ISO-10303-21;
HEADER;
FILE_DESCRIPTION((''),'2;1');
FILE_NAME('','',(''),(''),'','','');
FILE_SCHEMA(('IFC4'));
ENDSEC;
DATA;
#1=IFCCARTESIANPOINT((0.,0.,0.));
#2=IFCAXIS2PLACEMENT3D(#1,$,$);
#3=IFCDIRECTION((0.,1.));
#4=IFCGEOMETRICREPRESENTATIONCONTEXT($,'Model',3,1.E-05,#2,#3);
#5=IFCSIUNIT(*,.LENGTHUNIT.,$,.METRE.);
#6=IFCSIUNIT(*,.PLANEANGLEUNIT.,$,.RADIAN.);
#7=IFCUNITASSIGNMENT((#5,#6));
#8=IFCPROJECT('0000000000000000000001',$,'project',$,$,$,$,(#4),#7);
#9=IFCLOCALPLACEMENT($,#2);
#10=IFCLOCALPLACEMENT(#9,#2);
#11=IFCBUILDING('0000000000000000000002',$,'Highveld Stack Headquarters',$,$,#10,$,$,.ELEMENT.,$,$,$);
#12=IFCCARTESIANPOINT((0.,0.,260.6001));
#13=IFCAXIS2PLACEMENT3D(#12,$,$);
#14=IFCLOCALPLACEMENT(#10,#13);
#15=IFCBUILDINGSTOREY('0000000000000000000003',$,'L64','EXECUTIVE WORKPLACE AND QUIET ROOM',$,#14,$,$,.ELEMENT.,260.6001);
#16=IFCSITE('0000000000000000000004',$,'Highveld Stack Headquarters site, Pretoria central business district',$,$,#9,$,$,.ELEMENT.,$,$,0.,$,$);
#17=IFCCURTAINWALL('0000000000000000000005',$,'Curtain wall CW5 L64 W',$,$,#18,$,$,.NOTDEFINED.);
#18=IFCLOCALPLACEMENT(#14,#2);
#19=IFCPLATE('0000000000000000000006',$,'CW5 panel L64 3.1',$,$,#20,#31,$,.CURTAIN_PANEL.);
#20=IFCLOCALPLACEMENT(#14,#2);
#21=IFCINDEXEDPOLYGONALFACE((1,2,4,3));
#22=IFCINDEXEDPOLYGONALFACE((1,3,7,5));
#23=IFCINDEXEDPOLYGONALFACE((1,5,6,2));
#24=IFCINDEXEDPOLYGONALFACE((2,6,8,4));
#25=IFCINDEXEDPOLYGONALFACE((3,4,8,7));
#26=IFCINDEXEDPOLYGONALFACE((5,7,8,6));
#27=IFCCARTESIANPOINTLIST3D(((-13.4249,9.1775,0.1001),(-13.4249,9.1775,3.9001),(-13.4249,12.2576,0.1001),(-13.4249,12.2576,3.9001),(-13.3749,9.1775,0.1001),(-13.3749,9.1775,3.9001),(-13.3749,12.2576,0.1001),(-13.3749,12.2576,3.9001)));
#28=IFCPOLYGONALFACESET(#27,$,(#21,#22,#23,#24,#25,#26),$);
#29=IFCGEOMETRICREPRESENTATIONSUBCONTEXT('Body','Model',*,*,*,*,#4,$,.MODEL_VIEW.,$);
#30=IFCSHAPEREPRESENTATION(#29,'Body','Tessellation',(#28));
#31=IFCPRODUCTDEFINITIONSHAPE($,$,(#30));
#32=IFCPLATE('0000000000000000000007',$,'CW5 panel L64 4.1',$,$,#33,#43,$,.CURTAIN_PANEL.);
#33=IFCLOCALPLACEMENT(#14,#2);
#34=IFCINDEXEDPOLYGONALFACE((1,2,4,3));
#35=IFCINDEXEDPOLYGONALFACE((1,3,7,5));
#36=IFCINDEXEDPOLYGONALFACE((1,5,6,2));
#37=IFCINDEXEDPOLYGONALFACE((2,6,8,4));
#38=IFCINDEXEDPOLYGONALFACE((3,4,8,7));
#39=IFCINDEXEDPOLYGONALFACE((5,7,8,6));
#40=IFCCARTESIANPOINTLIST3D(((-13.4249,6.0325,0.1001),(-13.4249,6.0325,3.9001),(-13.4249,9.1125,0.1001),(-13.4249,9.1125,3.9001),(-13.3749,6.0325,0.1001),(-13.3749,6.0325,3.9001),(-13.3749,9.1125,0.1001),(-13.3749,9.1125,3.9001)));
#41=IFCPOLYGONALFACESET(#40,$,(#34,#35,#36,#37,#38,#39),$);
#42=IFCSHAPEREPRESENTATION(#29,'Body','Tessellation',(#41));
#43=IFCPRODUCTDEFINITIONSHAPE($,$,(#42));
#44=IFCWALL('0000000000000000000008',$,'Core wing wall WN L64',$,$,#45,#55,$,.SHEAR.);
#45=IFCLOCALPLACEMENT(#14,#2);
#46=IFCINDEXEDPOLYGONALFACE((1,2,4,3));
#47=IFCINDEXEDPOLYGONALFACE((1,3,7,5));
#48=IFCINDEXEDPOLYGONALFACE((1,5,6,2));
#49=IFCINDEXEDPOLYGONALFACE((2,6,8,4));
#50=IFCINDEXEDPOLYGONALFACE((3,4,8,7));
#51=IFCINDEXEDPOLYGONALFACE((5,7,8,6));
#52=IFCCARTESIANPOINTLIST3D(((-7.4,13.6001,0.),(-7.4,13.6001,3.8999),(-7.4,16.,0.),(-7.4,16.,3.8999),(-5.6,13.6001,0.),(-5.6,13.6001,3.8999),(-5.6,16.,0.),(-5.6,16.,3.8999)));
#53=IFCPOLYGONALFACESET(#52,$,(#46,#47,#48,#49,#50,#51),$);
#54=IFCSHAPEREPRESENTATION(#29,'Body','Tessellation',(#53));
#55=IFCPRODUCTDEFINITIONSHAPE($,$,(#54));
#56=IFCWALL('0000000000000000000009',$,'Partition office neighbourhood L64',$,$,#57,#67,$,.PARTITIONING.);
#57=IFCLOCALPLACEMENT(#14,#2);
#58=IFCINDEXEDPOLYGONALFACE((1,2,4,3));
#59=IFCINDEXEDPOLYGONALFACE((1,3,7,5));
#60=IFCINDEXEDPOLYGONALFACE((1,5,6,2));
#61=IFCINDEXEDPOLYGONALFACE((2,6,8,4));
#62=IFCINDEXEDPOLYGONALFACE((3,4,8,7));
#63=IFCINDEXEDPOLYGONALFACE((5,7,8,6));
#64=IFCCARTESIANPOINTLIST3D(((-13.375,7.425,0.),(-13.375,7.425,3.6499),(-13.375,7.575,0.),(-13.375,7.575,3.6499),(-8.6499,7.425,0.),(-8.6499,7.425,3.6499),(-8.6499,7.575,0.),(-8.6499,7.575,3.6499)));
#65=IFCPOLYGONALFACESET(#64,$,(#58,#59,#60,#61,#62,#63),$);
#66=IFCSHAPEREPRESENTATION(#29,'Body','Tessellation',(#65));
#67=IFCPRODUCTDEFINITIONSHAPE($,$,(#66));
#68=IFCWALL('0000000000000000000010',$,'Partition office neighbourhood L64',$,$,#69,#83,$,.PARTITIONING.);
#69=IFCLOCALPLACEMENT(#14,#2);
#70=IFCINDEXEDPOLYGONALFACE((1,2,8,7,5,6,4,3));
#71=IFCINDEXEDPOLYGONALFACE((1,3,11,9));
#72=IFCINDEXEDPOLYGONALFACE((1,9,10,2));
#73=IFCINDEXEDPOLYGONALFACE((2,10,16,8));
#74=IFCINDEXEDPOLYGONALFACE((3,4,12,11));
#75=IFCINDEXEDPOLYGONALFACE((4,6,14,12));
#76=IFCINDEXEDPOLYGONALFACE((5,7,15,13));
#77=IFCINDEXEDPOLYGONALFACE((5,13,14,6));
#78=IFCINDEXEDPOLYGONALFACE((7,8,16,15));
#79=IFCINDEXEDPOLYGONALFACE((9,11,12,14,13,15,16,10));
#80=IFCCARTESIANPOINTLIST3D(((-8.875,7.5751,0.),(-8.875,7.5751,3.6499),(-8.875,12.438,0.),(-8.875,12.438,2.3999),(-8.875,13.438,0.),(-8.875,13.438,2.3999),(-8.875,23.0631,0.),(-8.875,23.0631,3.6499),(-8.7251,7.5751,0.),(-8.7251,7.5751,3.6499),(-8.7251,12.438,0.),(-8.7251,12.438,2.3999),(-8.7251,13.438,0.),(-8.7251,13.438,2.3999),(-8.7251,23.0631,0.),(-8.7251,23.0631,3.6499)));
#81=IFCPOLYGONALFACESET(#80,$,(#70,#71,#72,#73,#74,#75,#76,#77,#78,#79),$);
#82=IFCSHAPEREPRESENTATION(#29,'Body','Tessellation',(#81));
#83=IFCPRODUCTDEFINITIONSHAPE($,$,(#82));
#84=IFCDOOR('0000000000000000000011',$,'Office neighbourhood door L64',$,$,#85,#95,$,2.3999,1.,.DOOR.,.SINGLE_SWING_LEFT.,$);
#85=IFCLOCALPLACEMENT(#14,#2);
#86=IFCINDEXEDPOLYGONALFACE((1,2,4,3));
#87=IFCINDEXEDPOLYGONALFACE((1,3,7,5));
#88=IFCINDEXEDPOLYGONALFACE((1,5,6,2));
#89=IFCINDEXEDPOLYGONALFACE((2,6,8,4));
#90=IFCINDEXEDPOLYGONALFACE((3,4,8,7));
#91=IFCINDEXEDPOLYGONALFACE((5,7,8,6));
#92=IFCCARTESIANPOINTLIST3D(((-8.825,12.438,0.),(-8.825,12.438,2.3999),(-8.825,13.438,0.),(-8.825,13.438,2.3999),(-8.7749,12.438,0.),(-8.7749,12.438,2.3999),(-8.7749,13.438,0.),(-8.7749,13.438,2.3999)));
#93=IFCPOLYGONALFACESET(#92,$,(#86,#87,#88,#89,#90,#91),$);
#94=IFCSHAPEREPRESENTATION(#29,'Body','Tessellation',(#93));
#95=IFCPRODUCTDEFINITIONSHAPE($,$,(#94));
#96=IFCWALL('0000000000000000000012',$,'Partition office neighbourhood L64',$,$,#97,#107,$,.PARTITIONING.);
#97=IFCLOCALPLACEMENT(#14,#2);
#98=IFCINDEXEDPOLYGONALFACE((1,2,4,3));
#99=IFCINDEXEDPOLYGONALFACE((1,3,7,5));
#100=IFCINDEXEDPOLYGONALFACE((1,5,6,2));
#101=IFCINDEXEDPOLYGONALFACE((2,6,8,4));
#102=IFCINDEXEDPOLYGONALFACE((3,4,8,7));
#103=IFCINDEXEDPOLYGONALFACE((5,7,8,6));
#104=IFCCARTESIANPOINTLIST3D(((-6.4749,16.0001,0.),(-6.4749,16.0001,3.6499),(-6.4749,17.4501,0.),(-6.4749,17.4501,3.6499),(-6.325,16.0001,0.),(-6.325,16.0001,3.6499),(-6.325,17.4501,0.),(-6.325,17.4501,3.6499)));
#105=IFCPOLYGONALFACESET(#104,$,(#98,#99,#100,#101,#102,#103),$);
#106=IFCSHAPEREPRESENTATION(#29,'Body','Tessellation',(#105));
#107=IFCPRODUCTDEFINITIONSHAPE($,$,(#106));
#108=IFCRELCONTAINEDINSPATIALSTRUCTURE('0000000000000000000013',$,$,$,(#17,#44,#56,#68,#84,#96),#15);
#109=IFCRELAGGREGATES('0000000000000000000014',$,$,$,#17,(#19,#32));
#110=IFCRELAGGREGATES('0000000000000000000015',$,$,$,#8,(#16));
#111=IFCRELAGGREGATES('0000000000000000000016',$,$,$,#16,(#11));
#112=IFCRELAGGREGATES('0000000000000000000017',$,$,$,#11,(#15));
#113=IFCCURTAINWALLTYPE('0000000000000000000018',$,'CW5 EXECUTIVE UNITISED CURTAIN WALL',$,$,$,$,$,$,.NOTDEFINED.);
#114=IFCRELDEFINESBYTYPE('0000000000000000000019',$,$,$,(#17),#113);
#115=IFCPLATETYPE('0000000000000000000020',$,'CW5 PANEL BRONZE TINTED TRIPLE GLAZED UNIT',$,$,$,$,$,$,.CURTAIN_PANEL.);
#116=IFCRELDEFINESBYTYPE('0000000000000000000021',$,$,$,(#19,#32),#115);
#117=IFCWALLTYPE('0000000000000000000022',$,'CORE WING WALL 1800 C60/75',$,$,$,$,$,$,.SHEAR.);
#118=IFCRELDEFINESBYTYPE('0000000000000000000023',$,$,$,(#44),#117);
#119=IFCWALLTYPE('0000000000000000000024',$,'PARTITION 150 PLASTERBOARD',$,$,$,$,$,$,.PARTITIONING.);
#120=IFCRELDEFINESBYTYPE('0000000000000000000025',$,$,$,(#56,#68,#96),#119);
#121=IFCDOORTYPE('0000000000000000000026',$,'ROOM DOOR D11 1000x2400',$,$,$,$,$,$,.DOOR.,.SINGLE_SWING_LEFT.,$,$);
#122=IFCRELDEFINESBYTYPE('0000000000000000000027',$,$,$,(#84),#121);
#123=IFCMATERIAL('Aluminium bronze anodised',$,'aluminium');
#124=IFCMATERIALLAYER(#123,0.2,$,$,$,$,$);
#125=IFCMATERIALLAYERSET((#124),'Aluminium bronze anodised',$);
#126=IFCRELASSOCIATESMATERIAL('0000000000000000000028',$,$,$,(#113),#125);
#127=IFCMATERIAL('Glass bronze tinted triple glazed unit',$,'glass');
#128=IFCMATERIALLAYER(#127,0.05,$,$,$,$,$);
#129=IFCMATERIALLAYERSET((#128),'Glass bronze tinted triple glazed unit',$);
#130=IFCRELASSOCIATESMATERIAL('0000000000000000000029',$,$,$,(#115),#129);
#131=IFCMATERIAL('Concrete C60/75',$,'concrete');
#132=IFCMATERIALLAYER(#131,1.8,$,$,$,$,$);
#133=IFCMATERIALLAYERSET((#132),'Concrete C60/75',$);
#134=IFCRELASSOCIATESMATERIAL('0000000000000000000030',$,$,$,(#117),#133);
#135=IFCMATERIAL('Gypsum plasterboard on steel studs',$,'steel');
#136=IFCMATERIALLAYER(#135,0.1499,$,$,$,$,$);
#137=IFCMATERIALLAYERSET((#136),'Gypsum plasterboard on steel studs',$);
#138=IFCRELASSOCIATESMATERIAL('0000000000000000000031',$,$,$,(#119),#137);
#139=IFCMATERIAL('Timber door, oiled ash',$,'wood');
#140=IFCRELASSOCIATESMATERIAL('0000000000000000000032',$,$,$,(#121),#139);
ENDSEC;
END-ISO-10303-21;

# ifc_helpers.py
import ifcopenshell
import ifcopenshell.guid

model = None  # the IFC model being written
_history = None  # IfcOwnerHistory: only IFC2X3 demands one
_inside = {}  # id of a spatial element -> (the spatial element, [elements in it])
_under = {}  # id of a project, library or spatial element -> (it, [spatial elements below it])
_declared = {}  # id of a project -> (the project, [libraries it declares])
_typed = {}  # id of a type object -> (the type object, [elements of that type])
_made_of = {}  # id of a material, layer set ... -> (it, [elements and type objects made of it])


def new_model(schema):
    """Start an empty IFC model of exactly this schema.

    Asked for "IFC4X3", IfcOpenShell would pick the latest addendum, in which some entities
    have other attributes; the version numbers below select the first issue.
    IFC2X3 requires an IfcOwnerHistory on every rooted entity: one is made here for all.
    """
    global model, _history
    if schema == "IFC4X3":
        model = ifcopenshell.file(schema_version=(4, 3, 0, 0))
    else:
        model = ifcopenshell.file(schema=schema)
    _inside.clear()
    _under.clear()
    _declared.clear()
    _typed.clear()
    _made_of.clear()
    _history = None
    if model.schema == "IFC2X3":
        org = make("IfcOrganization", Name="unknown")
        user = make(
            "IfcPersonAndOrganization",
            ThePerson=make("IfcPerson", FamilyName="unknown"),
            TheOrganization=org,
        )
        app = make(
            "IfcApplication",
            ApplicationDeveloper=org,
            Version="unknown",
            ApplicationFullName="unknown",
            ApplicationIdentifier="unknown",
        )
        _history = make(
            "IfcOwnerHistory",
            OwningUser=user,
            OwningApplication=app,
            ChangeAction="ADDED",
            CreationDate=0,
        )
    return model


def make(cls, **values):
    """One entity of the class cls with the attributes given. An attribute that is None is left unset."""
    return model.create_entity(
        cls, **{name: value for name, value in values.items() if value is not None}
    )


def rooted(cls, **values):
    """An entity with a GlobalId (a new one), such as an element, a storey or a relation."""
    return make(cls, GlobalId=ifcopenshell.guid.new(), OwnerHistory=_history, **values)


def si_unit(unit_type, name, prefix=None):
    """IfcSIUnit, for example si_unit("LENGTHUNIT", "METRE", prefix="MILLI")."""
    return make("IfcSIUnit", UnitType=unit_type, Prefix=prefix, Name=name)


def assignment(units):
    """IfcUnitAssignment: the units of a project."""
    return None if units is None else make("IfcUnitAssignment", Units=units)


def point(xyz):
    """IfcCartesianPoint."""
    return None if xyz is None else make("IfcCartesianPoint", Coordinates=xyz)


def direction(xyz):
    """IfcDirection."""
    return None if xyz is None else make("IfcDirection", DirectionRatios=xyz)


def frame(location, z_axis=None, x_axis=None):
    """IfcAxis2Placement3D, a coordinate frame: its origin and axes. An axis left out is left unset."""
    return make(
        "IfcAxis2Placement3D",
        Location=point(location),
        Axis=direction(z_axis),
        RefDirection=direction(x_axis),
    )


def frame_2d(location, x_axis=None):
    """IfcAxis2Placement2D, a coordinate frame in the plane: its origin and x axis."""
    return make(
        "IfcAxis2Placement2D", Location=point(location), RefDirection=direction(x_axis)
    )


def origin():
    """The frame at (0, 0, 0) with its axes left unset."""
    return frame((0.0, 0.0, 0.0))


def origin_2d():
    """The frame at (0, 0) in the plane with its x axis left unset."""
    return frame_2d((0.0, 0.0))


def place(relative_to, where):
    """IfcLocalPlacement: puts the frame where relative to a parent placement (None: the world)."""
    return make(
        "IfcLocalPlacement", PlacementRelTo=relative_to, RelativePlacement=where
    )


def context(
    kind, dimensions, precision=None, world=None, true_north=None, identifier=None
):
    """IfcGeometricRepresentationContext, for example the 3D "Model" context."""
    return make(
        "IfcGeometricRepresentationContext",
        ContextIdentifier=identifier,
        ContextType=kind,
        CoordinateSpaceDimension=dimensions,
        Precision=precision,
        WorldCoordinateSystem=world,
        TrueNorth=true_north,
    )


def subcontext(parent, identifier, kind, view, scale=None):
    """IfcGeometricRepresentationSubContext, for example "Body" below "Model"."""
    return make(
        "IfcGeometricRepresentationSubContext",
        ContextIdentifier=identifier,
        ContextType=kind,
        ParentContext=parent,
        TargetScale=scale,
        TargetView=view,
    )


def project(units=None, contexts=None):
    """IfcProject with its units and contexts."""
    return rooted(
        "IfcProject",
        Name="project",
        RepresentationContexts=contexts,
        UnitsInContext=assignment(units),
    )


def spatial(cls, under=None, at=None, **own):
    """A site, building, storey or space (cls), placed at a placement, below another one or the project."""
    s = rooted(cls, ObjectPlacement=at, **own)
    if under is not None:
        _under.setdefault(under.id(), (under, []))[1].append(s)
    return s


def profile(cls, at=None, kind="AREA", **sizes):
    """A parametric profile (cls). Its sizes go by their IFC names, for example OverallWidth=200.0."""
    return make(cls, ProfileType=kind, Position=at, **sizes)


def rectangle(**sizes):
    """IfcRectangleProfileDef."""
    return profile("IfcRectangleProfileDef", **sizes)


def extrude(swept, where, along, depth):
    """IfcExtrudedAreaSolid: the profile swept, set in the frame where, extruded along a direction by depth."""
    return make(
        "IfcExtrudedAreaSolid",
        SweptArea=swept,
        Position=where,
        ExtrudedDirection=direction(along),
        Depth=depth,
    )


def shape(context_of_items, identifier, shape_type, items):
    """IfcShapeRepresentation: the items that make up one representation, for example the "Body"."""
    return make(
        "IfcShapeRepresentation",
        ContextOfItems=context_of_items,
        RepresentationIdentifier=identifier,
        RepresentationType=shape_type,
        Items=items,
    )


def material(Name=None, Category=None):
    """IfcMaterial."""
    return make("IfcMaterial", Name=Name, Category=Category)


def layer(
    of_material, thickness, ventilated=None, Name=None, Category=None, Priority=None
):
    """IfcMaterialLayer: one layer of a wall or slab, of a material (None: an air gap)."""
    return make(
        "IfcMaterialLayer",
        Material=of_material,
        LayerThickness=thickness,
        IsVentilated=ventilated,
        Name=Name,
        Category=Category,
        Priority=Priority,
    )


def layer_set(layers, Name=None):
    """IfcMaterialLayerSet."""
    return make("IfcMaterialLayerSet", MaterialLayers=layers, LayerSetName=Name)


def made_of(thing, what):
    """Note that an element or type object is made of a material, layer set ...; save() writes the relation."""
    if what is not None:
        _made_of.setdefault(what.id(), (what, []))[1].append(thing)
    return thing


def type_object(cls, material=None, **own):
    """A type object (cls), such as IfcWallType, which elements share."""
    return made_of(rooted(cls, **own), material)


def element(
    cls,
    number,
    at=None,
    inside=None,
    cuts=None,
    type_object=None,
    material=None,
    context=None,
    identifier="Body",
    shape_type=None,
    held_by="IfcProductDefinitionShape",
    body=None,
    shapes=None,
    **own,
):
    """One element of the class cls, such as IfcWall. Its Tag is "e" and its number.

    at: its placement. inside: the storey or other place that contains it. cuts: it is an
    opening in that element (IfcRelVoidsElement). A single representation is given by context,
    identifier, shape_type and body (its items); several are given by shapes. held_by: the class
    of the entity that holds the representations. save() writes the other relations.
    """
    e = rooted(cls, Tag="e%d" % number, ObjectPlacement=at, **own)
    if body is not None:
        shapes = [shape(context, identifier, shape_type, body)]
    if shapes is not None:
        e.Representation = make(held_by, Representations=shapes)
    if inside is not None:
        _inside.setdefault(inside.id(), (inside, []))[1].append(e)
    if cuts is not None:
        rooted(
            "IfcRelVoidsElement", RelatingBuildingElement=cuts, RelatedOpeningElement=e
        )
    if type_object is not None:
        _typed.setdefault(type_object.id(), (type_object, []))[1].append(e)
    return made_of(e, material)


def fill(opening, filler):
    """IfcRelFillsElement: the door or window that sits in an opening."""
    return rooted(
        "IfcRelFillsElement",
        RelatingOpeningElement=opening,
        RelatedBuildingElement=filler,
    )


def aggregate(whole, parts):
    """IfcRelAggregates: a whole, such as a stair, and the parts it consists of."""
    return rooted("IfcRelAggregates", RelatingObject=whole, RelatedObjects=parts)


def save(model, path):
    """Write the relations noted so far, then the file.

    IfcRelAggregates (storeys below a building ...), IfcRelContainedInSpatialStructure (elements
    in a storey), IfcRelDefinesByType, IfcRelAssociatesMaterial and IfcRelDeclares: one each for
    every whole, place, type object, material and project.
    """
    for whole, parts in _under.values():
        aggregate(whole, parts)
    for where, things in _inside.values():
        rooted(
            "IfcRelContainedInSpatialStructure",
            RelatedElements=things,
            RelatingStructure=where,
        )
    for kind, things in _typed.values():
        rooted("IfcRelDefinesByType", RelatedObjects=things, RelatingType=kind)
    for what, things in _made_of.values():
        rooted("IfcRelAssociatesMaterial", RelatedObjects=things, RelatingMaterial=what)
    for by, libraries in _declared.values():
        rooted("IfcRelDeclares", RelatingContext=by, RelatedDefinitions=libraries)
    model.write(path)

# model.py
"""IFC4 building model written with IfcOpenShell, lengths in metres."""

from ifc_helpers import new_model, si_unit, direction, frame, frame_2d, origin, origin_2d, place, context, subcontext, project, spatial, rectangle, extrude, material, layer, layer_set, type_object, element, fill, aggregate, save


model = new_model("IFC4")

# Units and contexts
model_context = context("Model", 3, precision=1e-05, world=origin(), true_north=direction((0.0, 1.0)))
body_context = subcontext(model_context, "Body", "Model", "MODEL_VIEW")
ifc_project = project(units=[si_unit("LENGTHUNIT", "METRE"), si_unit("PLANEANGLEUNIT", "RADIAN")], contexts=[model_context])

# Site, building, storey
site_placement = place(None, origin())
site = spatial("IfcSite", under=ifc_project, at=site_placement, Name="Highveld Stack Headquarters site, Pretoria central business district", CompositionType="ELEMENT", RefElevation=0.0)
building_placement = place(site_placement, origin())
building = spatial("IfcBuilding", under=site, at=building_placement, Name="Highveld Stack Headquarters", CompositionType="ELEMENT")
storey_placement = place(building_placement, frame((0.0, 0.0, 260.6001)))
storey = spatial("IfcBuildingStorey", under=building, at=storey_placement, Name="L64", Description="EXECUTIVE WORKPLACE AND QUIET ROOM", CompositionType="ELEMENT", Elevation=260.6001)

# Curtain wall, plates
ifc_material_1 = material(Name="Aluminium bronze anodised", Category="aluminium")
ifc_layer_1 = layer(ifc_material_1, 0.2)
ifc_layer_set_1 = layer_set([ifc_layer_1], Name="Aluminium bronze anodised")
curtain_wall_type = type_object("IfcCurtainWallType", Name="CW5 EXECUTIVE UNITISED CURTAIN WALL", PredefinedType="NOTDEFINED", material=ifc_layer_set_1)
curtain_wall_placement = place(storey_placement, origin())
curtain_wall = element("IfcCurtainWall", 1, at=curtain_wall_placement, inside=storey, type_object=curtain_wall_type, Name="Curtain wall CW5 L64 W", PredefinedType="NOTDEFINED")
ifc_material_2 = material(Name="Glass bronze tinted triple glazed unit", Category="glass")
ifc_layer_2 = layer(ifc_material_2, 0.05)
ifc_layer_set_2 = layer_set([ifc_layer_2], Name="Glass bronze tinted triple glazed unit")
plate_type = type_object("IfcPlateType", Name="CW5 PANEL BRONZE TINTED TRIPLE GLAZED UNIT", PredefinedType="CURTAIN_PANEL", material=ifc_layer_set_2)
plate_1_placement = place(storey_placement, frame((-13.3999, 10.7175, 0.1001), z_axis=(0.0, 0.0, 1.0), x_axis=(0.0, -1.0, 0.0)))
plate_1 = element("IfcPlate", 2, at=plate_1_placement, type_object=plate_type, Name="CW5 panel L64 3.1", PredefinedType="CURTAIN_PANEL", context=body_context, shape_type="SweptSolid", body=[
    extrude(rectangle(XDim=3.0801, YDim=0.05, at=origin_2d()), origin(), (0.0, 0.0, 1.0), 3.8),
])
plate_2_placement = place(storey_placement, frame((-13.3999, 7.5725, 0.1001), z_axis=(0.0, 0.0, 1.0), x_axis=(0.0, -1.0, 0.0)))
plate_2 = element("IfcPlate", 3, at=plate_2_placement, type_object=plate_type, Name="CW5 panel L64 4.1", PredefinedType="CURTAIN_PANEL", context=body_context, shape_type="SweptSolid", body=[
    extrude(rectangle(XDim=3.0801, YDim=0.05, at=origin_2d()), origin(), (0.0, 0.0, 1.0), 3.8),
])
aggregate(curtain_wall, [plate_1, plate_2])

# Walls
ifc_material_3 = material(Name="Concrete C60/75", Category="concrete")
ifc_layer_3 = layer(ifc_material_3, 1.8)
ifc_layer_set_3 = layer_set([ifc_layer_3], Name="Concrete C60/75")
wall_type_1 = type_object("IfcWallType", Name="CORE WING WALL 1800 C60/75", PredefinedType="SHEAR", material=ifc_layer_set_3)
wall_1_placement = place(storey_placement, frame((-6.5, 13.6001, 0.0), z_axis=(0.0, 0.0, 1.0), x_axis=(0.0, 1.0, 0.0)))
element("IfcWall", 4, at=wall_1_placement, inside=storey, type_object=wall_type_1, Name="Core wing wall WN L64", PredefinedType="SHEAR", context=body_context, shape_type="SweptSolid", body=[
    extrude(rectangle(XDim=2.3999, YDim=1.8, at=frame_2d((1.2, 0.0))), origin(), (0.0, 0.0, 1.0), 3.8999),
])
ifc_material_4 = material(Name="Gypsum plasterboard on steel studs", Category="steel")
ifc_layer_4 = layer(ifc_material_4, 0.1499)
ifc_layer_set_4 = layer_set([ifc_layer_4], Name="Gypsum plasterboard on steel studs")
wall_type_2 = type_object("IfcWallType", Name="PARTITION 150 PLASTERBOARD", PredefinedType="PARTITIONING", material=ifc_layer_set_4)
wall_2_placement = place(storey_placement, frame((-13.375, 7.5, 0.0), z_axis=(0.0, 0.0, 1.0), x_axis=(1.0, 0.0, 0.0)))
element("IfcWall", 5, at=wall_2_placement, inside=storey, type_object=wall_type_2, Name="Partition office neighbourhood L64", PredefinedType="PARTITIONING", context=body_context, shape_type="SweptSolid", body=[
    extrude(rectangle(XDim=4.7251, YDim=0.1499, at=frame_2d((2.3625, 0.0))), origin(), (0.0, 0.0, 1.0), 3.6499),
])

# Wall, opening, door
wall_3_placement = place(storey_placement, frame((-8.8, 7.575, 0.0), z_axis=(0.0, 0.0, 1.0), x_axis=(0.0, 1.0, 0.0)))
wall_3 = element("IfcWall", 6, at=wall_3_placement, inside=storey, type_object=wall_type_2, Name="Partition office neighbourhood L64", PredefinedType="PARTITIONING", context=body_context, shape_type="SweptSolid", body=[
    extrude(rectangle(XDim=15.488, YDim=0.1499, at=frame_2d((7.7441, 0.0))), origin(), (0.0, 0.0, 1.0), 3.6499),
])
opening_placement = place(wall_3_placement, frame((4.863, 0.0, 0.0)))
opening = element("IfcOpeningElement", 7, at=opening_placement, cuts=wall_3, PredefinedType="OPENING", context=body_context, shape_type="SweptSolid", body=[
    extrude(rectangle(XDim=1.0, YDim=2.3999, at=frame_2d((0.5, 1.2))), frame((0.0, 0.085, 0.0), z_axis=(0.0, -1.0, 0.0), x_axis=(1.0, 0.0, 0.0)), (0.0, 0.0, 1.0), 0.1699),
])
ifc_material_5 = material(Name="Timber door, oiled ash", Category="wood")
door_type = type_object("IfcDoorType", Name="ROOM DOOR D11 1000x2400", OperationType="SINGLE_SWING_LEFT", PredefinedType="DOOR", material=ifc_material_5)
door_placement = place(opening_placement, origin())
door = element("IfcDoor", 8, at=door_placement, inside=storey, type_object=door_type, Name="Office neighbourhood door L64", OperationType="SINGLE_SWING_LEFT", OverallHeight=2.3999, OverallWidth=1.0, PredefinedType="DOOR", context=body_context, shape_type="SweptSolid", body=[
    extrude(rectangle(XDim=1.0, YDim=2.3999, at=frame_2d((0.5, 1.2))), frame((0.0, 0.0249, 0.0), z_axis=(0.0, -1.0, 0.0), x_axis=(1.0, 0.0, 0.0)), (0.0, 0.0, 1.0), 0.05),
])
fill(opening, door)

# Wall
wall_4_placement = place(storey_placement, frame((-6.3999, 16.0, 0.0), z_axis=(0.0, 0.0, 1.0), x_axis=(0.0, 1.0, 0.0)))
element("IfcWall", 9, at=wall_4_placement, inside=storey, type_object=wall_type_2, Name="Partition office neighbourhood L64", PredefinedType="PARTITIONING", context=body_context, shape_type="SweptSolid", body=[
    extrude(rectangle(XDim=1.45, YDim=0.1499, at=frame_2d((0.7251, 0.0))), origin(), (0.0, 0.0, 1.0), 3.6499),
])

save(model, "model.ifc")
